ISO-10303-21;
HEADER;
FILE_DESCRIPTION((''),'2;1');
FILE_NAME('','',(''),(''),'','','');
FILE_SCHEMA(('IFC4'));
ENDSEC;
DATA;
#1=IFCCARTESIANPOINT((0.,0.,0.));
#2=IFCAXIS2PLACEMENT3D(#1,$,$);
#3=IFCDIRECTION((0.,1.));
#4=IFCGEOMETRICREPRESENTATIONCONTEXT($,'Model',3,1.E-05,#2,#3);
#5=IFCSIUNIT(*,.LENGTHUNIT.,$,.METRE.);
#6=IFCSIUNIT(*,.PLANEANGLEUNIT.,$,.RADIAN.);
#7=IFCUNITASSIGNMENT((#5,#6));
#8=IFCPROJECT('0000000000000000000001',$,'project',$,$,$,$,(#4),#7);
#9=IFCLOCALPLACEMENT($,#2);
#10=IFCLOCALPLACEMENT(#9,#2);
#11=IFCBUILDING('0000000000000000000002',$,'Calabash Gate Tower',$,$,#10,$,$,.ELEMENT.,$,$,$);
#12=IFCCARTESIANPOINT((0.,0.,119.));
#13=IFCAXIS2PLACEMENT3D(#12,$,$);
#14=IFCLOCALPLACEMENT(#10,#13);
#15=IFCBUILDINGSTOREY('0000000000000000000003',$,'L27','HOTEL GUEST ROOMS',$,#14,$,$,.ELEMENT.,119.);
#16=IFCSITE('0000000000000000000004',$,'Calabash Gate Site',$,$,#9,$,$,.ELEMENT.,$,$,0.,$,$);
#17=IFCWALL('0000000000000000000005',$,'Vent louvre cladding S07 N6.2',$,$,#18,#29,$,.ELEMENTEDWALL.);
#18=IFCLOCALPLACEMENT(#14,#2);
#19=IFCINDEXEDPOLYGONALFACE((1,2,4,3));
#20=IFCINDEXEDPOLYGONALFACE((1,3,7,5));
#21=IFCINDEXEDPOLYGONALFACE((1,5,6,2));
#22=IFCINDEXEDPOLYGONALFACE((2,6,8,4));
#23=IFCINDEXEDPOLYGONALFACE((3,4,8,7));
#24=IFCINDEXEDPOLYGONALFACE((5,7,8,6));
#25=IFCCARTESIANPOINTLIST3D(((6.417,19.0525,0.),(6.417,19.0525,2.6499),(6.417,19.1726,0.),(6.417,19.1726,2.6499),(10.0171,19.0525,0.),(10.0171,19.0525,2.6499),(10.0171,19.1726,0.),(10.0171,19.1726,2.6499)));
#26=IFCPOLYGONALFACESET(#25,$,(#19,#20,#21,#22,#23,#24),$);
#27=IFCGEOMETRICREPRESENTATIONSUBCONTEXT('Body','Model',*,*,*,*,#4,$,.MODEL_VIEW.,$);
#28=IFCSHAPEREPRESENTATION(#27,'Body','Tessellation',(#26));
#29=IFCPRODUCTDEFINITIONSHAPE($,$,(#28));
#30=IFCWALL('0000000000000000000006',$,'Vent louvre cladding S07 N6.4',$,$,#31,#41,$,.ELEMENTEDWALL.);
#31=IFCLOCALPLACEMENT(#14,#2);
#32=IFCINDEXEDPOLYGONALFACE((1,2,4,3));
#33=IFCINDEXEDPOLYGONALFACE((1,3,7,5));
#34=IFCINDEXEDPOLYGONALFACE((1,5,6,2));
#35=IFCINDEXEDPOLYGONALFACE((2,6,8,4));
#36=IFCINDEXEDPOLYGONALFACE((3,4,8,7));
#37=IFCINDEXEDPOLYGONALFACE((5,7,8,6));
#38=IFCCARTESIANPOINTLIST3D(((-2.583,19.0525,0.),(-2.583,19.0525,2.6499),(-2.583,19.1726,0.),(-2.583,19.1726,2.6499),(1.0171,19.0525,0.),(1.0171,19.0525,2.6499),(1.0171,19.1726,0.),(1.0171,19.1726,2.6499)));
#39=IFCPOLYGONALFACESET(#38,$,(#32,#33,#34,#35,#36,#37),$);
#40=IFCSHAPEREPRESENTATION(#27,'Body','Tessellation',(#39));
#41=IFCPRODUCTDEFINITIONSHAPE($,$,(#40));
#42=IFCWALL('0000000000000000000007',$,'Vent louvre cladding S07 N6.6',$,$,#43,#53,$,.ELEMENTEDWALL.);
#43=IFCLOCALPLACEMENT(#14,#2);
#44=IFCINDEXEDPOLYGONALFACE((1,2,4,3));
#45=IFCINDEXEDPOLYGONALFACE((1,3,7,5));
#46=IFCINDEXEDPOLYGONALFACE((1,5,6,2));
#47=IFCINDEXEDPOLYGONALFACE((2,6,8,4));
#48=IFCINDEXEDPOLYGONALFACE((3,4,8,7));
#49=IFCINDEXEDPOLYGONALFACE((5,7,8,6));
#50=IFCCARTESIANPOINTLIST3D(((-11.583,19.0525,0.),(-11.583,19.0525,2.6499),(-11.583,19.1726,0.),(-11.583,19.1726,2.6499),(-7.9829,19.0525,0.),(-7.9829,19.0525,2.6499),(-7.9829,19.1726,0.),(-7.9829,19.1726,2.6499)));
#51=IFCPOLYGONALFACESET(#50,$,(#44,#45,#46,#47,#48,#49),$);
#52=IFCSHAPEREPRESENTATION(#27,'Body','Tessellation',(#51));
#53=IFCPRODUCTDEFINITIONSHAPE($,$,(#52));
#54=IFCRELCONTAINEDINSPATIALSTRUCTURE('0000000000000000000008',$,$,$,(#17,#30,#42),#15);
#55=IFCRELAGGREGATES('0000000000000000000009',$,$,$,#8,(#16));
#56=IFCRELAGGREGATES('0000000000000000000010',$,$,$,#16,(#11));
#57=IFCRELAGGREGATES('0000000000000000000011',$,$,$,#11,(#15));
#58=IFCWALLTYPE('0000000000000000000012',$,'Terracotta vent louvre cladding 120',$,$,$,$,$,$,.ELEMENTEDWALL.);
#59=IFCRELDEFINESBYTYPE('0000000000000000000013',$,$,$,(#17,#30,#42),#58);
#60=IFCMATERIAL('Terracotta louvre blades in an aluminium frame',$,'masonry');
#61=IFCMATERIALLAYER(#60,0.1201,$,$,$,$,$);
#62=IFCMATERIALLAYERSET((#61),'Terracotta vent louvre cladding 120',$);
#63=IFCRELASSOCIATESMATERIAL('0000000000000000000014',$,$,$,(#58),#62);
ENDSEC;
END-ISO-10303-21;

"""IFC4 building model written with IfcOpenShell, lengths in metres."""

from ifc_helpers import new_model, si_unit, direction, frame, origin, place, context, subcontext, project, spatial, polyline, outline, extrude, material, layer, layer_set, type_object, element, save


model = new_model("IFC4")

# Units and contexts
model_context = context("Model", 3, precision=1e-05, world=origin(), true_north=direction((0.0, 1.0)))
body_context = subcontext(model_context, "Body", "Model", "MODEL_VIEW")
ifc_project = project(units=[si_unit("LENGTHUNIT", "METRE"), si_unit("PLANEANGLEUNIT", "RADIAN")], contexts=[model_context])

# Site, building, storey
site_placement = place(None, origin())
site = spatial("IfcSite", under=ifc_project, at=site_placement, Name="Calabash Gate Site", CompositionType="ELEMENT", RefElevation=0.0)
building_placement = place(site_placement, origin())
building = spatial("IfcBuilding", under=site, at=building_placement, Name="Calabash Gate Tower", CompositionType="ELEMENT")
storey_placement = place(building_placement, frame((0.0, 0.0, 119.0)))
storey = spatial("IfcBuildingStorey", under=building, at=storey_placement, Name="L27", Description="HOTEL GUEST ROOMS", CompositionType="ELEMENT", Elevation=119.0)

# Walls
ifc_material_1 = material(Name="Terracotta louvre blades in an aluminium frame", Category="masonry")
ifc_layer_1 = layer(ifc_material_1, 0.1201)
ifc_layer_set_1 = layer_set([ifc_layer_1], Name="Terracotta vent louvre cladding 120")
wall_type_1 = type_object("IfcWallType", Name="Terracotta vent louvre cladding 120", PredefinedType="ELEMENTEDWALL", material=ifc_layer_set_1)
wall_1_placement = place(storey_placement, origin())
element("IfcWall", 1, at=wall_1_placement, inside=storey, type_object=wall_type_1, Name="Vent louvre cladding S07 N6.2", PredefinedType="ELEMENTEDWALL", context=body_context, shape_type="SweptSolid", body=[
    extrude(outline(polyline([(6.417, 19.1726), (6.417, 19.0525), (10.0171, 19.0525), (10.0171, 19.1726), (6.417, 19.1726)])), origin(), (0.0, 0.0, 1.0), 2.6499),
])
wall_2_placement = place(storey_placement, origin())
element("IfcWall", 2, at=wall_2_placement, inside=storey, type_object=wall_type_1, Name="Vent louvre cladding S07 N6.4", PredefinedType="ELEMENTEDWALL", context=body_context, shape_type="SweptSolid", body=[
    extrude(outline(polyline([(-2.583, 19.1726), (-2.583, 19.0525), (1.0171, 19.0525), (1.0171, 19.1726), (-2.583, 19.1726)])), origin(), (0.0, 0.0, 1.0), 2.6499),
])
wall_3_placement = place(storey_placement, origin())
element("IfcWall", 3, at=wall_3_placement, inside=storey, type_object=wall_type_1, Name="Vent louvre cladding S07 N6.6", PredefinedType="ELEMENTEDWALL", context=body_context, shape_type="SweptSolid", body=[
    extrude(outline(polyline([(-11.583, 19.1726), (-11.583, 19.0525), (-7.9829, 19.0525), (-7.9829, 19.1726), (-11.583, 19.1726)])), origin(), (0.0, 0.0, 1.0), 2.6499),
])

save(model, "model.ifc")
